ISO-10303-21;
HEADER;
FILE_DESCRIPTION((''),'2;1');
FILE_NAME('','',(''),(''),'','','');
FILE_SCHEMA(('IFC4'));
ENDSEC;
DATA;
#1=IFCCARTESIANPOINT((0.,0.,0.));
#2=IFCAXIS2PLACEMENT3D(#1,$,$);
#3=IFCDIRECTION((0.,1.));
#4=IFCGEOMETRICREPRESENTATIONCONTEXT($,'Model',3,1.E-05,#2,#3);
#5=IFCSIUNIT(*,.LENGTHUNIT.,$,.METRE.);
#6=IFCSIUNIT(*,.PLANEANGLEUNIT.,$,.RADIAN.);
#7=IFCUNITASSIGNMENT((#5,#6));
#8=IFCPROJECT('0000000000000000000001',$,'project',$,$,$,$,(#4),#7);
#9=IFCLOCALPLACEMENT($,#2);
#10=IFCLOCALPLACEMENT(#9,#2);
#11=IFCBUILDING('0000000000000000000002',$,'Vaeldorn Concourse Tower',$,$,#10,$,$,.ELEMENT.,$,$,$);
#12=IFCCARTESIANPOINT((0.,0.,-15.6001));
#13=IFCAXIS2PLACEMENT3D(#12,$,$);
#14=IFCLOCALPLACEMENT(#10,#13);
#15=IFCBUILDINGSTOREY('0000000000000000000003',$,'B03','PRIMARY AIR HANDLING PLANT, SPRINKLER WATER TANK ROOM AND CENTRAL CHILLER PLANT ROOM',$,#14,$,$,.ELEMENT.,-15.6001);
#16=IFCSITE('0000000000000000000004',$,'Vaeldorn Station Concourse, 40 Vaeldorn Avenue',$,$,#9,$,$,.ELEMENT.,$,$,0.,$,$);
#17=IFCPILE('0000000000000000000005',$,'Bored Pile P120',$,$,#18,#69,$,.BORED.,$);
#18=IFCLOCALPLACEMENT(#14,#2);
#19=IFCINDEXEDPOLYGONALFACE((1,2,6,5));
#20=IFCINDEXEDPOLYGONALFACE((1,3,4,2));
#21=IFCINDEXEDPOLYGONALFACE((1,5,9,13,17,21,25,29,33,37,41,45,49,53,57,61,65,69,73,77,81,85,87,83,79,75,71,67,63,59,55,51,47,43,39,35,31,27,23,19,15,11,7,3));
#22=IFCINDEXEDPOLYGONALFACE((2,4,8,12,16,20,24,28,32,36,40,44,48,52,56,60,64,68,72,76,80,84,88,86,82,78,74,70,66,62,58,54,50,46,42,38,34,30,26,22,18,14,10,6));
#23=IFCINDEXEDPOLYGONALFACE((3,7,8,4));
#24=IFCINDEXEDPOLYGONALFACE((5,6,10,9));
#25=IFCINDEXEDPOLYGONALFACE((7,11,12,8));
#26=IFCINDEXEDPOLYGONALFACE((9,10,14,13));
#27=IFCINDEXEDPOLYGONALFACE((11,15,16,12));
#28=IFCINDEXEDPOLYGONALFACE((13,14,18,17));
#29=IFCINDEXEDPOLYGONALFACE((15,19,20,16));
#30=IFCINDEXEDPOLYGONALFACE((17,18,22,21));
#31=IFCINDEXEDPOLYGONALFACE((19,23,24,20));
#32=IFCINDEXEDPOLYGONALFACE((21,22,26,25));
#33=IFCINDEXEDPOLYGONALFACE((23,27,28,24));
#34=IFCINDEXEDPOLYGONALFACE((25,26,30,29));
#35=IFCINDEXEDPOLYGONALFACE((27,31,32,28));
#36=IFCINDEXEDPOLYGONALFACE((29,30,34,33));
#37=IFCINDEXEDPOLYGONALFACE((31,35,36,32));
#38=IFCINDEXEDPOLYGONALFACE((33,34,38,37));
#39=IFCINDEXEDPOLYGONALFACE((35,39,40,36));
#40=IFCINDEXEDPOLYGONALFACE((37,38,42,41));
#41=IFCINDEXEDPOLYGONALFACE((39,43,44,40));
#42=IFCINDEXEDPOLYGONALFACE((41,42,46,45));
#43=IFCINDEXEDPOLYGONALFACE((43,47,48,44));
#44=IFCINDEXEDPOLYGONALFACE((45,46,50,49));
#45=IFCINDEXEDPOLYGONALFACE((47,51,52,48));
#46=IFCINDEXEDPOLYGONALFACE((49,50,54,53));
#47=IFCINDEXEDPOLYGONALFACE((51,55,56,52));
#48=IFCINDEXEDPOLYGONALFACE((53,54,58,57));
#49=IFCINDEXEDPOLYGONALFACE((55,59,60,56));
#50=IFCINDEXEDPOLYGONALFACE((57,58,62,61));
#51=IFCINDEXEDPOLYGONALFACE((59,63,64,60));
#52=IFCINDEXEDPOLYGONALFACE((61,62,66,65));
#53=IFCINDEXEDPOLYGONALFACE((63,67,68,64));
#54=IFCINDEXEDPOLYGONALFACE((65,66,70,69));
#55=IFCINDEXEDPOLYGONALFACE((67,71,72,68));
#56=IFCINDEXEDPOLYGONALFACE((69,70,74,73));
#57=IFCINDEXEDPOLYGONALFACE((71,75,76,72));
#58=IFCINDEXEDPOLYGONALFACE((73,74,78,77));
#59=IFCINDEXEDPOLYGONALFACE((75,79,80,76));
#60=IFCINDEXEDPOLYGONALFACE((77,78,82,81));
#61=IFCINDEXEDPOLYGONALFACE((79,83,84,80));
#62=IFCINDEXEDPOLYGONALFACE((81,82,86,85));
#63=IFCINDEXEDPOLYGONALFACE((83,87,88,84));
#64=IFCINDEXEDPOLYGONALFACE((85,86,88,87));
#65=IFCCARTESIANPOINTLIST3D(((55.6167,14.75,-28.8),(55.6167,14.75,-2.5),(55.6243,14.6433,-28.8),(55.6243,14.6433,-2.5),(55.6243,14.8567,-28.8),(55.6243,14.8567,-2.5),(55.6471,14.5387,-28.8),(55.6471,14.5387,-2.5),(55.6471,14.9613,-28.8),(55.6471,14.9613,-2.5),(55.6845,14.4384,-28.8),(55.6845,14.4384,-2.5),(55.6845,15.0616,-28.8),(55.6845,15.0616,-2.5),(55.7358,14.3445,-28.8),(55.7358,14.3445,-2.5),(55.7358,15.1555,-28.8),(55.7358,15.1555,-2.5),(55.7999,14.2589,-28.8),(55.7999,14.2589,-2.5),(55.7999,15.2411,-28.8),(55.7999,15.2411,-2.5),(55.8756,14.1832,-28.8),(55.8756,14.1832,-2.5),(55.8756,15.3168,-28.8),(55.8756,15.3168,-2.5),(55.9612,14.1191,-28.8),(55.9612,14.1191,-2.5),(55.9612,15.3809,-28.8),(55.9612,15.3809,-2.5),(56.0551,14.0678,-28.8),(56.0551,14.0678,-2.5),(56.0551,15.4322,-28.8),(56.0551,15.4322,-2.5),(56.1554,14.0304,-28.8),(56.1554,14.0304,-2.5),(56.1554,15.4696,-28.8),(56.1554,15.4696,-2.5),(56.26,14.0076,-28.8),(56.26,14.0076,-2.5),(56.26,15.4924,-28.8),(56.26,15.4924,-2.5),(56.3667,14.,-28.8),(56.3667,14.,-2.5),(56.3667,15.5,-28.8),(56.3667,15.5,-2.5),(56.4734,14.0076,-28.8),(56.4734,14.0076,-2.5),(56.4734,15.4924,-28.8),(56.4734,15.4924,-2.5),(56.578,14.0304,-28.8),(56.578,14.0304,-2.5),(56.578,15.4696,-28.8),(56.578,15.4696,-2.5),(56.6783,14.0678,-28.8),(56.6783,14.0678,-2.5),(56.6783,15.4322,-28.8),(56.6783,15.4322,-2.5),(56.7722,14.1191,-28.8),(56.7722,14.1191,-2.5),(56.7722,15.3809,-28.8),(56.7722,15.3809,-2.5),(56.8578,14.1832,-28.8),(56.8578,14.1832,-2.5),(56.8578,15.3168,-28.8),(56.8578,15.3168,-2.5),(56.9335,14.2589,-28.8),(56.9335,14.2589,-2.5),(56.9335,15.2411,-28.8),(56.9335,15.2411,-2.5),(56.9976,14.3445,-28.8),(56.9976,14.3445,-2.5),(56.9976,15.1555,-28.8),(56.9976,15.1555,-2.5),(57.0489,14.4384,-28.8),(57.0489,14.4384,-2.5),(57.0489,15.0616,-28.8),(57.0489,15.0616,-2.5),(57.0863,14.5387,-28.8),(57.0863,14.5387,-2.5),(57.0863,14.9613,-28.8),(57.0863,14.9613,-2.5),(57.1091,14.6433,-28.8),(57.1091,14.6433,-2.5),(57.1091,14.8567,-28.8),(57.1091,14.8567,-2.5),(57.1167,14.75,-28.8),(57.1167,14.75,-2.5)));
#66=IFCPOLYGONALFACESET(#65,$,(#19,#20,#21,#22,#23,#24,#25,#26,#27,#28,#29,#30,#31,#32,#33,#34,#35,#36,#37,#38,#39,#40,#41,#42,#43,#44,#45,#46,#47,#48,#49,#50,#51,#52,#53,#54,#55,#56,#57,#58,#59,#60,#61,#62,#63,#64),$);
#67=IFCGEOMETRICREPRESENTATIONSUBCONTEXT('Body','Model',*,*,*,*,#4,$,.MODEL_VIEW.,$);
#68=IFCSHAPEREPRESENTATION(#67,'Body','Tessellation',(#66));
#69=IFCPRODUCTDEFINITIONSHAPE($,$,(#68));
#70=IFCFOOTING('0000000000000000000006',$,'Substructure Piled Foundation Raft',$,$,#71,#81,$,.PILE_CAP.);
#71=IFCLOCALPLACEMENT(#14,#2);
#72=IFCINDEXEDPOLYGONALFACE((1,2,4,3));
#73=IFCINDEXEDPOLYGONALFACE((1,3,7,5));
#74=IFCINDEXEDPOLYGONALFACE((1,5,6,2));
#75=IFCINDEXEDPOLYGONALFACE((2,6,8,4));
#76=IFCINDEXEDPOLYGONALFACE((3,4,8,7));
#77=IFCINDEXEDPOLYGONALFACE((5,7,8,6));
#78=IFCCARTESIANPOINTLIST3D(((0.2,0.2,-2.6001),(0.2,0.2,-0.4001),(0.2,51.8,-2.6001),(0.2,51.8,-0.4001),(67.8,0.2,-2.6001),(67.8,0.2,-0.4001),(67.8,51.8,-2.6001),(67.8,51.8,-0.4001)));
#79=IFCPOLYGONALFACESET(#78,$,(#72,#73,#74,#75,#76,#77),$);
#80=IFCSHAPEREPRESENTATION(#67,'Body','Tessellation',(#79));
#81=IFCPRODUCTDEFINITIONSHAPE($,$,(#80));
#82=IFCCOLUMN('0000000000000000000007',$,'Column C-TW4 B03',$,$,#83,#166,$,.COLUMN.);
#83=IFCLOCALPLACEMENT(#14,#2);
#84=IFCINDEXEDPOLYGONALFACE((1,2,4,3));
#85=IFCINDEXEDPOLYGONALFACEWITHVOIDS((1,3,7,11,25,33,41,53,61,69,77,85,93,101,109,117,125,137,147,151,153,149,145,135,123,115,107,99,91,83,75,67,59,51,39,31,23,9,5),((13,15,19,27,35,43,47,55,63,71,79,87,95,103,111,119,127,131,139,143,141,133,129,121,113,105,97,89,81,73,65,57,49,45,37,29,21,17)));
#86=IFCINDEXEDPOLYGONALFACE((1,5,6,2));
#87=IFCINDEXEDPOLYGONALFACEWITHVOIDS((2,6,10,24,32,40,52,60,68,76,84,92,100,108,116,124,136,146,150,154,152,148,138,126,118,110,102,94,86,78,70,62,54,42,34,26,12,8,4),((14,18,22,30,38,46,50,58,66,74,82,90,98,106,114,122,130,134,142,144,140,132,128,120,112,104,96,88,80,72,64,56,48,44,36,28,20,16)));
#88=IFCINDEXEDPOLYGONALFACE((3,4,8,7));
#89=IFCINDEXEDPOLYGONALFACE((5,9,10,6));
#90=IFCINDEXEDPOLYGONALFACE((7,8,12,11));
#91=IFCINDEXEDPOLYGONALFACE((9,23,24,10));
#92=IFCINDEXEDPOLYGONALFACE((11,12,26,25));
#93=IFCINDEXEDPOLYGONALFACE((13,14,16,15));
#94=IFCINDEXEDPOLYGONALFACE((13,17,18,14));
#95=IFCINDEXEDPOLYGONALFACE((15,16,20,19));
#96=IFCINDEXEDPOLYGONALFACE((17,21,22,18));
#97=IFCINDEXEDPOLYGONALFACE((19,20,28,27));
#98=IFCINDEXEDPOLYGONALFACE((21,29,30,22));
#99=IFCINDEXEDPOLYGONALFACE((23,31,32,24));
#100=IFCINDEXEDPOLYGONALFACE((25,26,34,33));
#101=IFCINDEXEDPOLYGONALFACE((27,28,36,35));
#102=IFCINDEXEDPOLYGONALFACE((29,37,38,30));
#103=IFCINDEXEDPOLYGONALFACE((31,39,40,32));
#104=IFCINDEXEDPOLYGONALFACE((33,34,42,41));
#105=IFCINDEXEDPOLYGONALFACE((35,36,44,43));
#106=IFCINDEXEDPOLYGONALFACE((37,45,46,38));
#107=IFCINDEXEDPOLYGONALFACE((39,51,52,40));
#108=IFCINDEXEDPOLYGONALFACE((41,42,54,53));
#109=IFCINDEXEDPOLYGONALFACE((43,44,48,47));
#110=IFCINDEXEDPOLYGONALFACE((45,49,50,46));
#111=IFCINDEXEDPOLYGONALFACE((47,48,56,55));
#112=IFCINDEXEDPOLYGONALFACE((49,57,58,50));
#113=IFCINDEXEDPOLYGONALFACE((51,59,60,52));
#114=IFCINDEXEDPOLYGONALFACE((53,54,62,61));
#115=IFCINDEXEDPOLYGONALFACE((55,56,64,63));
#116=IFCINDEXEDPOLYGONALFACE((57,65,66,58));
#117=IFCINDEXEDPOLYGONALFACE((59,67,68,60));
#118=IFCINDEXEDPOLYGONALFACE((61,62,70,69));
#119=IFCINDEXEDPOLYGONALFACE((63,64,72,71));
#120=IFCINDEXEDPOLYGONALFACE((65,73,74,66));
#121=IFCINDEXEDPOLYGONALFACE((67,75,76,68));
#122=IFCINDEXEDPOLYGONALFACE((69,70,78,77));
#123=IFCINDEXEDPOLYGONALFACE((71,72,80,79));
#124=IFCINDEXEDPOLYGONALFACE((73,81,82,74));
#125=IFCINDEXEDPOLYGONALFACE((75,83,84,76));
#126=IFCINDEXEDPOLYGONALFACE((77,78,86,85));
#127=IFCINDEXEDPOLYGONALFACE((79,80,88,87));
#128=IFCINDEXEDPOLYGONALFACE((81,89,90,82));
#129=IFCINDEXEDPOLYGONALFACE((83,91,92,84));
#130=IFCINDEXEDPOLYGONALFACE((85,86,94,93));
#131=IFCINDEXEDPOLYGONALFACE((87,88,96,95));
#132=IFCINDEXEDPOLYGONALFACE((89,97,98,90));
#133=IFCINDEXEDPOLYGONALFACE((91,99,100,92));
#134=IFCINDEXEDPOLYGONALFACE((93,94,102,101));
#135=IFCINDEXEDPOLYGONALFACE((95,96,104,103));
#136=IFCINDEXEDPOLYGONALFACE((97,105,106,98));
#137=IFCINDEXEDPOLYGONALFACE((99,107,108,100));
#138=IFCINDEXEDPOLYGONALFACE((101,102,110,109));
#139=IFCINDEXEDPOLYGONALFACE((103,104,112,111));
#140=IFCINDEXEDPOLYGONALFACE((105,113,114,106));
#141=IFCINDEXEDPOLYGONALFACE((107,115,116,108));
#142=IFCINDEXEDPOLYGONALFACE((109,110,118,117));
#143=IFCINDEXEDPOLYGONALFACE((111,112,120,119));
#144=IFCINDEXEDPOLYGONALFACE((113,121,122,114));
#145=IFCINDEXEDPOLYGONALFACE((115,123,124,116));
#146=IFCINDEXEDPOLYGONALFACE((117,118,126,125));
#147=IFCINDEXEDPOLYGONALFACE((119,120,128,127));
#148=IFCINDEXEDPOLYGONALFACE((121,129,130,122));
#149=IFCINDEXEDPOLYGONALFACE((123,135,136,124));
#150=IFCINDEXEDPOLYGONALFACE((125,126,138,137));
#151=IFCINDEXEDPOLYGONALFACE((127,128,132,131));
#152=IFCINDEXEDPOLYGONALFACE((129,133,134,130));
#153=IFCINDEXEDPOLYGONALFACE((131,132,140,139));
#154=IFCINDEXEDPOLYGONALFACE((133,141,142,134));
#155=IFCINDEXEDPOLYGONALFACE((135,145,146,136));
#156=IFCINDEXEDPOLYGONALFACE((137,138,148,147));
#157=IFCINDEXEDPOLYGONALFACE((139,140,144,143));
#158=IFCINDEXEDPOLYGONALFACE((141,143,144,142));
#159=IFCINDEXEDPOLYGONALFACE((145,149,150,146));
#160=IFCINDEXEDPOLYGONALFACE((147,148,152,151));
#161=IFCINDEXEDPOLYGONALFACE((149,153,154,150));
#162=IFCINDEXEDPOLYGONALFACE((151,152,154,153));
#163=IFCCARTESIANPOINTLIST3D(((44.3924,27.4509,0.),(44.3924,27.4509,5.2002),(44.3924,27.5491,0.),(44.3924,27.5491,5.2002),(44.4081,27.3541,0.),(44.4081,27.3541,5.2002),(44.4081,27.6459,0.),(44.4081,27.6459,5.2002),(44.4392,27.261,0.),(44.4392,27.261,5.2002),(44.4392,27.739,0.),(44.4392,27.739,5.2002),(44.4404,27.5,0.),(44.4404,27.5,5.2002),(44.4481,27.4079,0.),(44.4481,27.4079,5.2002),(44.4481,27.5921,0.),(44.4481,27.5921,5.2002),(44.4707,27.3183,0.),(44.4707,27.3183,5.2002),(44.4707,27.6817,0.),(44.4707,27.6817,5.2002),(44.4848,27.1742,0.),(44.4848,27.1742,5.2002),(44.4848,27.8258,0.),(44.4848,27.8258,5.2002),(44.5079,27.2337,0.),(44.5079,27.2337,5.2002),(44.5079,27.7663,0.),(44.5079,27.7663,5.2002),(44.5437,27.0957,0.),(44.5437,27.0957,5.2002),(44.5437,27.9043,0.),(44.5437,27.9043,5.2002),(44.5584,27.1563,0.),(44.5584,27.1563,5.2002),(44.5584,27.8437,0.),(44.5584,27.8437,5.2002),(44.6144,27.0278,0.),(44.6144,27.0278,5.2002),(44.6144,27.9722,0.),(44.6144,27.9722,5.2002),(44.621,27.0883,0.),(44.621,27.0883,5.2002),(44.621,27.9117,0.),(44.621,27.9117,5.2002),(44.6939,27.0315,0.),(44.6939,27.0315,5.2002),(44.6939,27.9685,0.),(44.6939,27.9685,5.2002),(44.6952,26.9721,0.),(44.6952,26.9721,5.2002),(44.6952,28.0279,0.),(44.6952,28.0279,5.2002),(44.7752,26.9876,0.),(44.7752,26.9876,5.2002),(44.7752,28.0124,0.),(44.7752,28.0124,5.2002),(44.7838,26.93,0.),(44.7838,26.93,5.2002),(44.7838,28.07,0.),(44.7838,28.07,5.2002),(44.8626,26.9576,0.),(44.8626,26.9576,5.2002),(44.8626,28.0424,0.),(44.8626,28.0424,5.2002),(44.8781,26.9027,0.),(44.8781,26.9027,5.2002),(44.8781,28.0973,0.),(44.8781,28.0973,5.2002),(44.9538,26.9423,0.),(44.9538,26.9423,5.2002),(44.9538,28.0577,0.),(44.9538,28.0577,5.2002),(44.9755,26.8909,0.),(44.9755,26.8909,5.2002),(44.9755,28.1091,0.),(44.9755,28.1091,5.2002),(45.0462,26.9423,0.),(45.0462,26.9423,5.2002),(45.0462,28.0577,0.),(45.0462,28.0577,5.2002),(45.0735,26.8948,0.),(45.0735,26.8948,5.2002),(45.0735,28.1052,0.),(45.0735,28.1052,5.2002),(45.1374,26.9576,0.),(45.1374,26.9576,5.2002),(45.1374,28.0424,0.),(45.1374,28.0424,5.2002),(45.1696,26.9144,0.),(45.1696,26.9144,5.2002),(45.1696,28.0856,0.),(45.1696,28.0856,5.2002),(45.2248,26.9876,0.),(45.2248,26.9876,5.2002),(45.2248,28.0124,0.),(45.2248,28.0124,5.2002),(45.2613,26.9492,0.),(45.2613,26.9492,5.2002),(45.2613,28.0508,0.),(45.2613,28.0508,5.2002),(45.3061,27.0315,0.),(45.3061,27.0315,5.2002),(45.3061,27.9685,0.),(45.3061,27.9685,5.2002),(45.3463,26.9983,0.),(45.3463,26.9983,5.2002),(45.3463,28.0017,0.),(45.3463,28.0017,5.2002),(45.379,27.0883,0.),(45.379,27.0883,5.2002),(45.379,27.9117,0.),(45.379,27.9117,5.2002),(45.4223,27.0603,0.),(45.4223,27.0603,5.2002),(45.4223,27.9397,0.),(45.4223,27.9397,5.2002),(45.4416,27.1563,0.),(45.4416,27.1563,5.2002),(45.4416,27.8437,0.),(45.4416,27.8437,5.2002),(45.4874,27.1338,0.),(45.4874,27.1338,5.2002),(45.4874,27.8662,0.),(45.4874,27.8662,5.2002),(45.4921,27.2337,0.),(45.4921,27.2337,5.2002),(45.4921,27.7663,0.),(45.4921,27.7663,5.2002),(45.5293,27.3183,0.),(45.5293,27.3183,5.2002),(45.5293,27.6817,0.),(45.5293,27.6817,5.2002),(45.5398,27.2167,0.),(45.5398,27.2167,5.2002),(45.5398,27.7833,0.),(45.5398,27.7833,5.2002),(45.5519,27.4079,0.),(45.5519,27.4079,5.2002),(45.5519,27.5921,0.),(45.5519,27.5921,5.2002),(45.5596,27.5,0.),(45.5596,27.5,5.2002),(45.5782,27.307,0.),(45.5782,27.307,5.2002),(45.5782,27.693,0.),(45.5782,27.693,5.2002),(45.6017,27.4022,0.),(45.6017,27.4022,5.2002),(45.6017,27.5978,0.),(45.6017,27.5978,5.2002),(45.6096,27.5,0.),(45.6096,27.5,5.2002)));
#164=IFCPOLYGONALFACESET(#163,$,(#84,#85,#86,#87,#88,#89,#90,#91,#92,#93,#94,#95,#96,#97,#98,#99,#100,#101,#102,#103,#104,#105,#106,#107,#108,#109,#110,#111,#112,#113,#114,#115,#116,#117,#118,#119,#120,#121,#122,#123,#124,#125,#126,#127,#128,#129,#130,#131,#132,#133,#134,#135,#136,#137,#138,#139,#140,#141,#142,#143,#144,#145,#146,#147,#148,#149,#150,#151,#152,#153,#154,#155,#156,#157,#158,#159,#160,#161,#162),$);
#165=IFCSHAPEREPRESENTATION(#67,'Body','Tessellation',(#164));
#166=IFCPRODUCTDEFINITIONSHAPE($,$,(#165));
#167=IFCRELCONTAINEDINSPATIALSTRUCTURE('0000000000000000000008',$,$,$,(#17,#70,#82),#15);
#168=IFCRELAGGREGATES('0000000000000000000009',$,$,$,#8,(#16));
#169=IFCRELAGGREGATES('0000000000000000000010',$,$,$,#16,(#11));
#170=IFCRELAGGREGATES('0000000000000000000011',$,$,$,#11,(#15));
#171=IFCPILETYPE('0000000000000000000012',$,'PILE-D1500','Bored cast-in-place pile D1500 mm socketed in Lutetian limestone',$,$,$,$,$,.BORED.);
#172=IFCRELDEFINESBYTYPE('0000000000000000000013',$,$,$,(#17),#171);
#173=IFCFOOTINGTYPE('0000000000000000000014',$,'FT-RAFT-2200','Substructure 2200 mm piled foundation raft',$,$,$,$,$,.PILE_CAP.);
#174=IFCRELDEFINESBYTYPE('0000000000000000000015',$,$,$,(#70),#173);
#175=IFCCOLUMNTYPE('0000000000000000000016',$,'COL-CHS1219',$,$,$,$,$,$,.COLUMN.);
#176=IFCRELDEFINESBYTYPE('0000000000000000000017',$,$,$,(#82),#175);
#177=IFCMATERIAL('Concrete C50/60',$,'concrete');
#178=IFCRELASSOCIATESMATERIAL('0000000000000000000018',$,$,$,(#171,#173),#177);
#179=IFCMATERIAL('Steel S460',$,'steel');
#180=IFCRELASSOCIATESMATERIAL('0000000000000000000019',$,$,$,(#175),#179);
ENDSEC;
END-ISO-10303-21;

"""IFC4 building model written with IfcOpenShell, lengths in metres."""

from ifc_helpers import new_model, si_unit, direction, frame, origin, origin_2d, place, context, subcontext, project, spatial, rectangle, circle, hollow_circle, extrude, source, transform, mapped, material, material_profile, profile_set, type_object, element, save


model = new_model("IFC4")

# Units and contexts
model_context = context("Model", 3, precision=1e-05, world=origin(), true_north=direction((0.0, 1.0)))
body_context = subcontext(model_context, "Body", "Model", "MODEL_VIEW")
ifc_project = project(units=[si_unit("LENGTHUNIT", "METRE"), si_unit("PLANEANGLEUNIT", "RADIAN")], contexts=[model_context])

# Site, building, storey
site_placement = place(None, origin())
site = spatial("IfcSite", under=ifc_project, at=site_placement, Name="Vaeldorn Station Concourse, 40 Vaeldorn Avenue", CompositionType="ELEMENT", RefElevation=0.0)
building_placement = place(site_placement, origin())
building = spatial("IfcBuilding", under=site, at=building_placement, Name="Vaeldorn Concourse Tower", CompositionType="ELEMENT")
storey_placement = place(building_placement, frame((0.0, 0.0, -15.6001)))
storey = spatial("IfcBuildingStorey", under=building, at=storey_placement, Name="B03", Description="PRIMARY AIR HANDLING PLANT, SPRINKLER WATER TANK ROOM AND CENTRAL CHILLER PLANT ROOM", CompositionType="ELEMENT", Elevation=-15.6001)

# Pile
ifc_material_1 = material(Name="Concrete C50/60", Category="concrete")
ifc_material_profile_1 = material_profile(ifc_material_1, circle(Radius=0.75, at=origin_2d()), Name="BORED PILE D1500")
ifc_profile_set_1 = profile_set([ifc_material_profile_1], Name="Concrete C50/60")
pile_type = type_object("IfcPileType", Name="PILE-D1500", Description="Bored cast-in-place pile D1500 mm socketed in Lutetian limestone", PredefinedType="BORED", material=ifc_profile_set_1)
for number, where, z_axis, x_axis, name in (
    (1, (56.3667, 14.75, -2.5), (0.0, 0.0, -1.0), (1.0, 0.0, 0.0), "Bored Pile P120"),
):
    element("IfcPile", number, at=place(storey_placement, frame(where, z_axis=z_axis, x_axis=x_axis)), inside=storey, type_object=pile_type, Name=name, PredefinedType="BORED", context=body_context, shape_type="SweptSolid", body=[
        extrude(circle(Radius=0.75, at=origin_2d()), origin(), (0.0, 0.0, 1.0), 26.3),
    ])

# Footing
footing_type = type_object("IfcFootingType", Name="FT-RAFT-2200", Description="Substructure 2200 mm piled foundation raft", PredefinedType="PILE_CAP", material=ifc_material_1)
shared_shape_1 = source(origin(), body_context, "Body", "SweptSolid", [
    extrude(rectangle(XDim=67.6001, YDim=51.6001, at=origin_2d()), origin(), (0.0, 0.0, 1.0), 2.2),
])
footing_placement = place(storey_placement, frame((34.0, 26.0, -2.6001), z_axis=(0.0, 0.0, 1.0), x_axis=(1.0, 0.0, 0.0)))
element("IfcFooting", 2, at=footing_placement, inside=storey, type_object=footing_type, Name="Substructure Piled Foundation Raft", PredefinedType="PILE_CAP", context=body_context, shape_type="MappedRepresentation", body=[
    mapped(shared_shape_1, transform((0.0, 0.0, 0.0), scale=1.0)),
])

# Column
ifc_material_2 = material(Name="Steel S460", Category="steel")
ifc_material_profile_2 = material_profile(ifc_material_2, hollow_circle(Radius=0.6096, WallThickness=0.05, at=origin_2d()), Name="CHS 1219x50")
ifc_profile_set_2 = profile_set([ifc_material_profile_2], Name="Steel S460")
column_type = type_object("IfcColumnType", Name="COL-CHS1219", PredefinedType="COLUMN", material=ifc_profile_set_2)
shared_shape_2 = source(origin(), body_context, "Body", "SweptSolid", [
    extrude(hollow_circle(Radius=0.6096, WallThickness=0.05, at=origin_2d()), origin(), (0.0, 0.0, 1.0), 5.2002),
])
column_placement = place(storey_placement, frame((45.0, 27.5, 0.0), z_axis=(0.0, 0.0, 1.0), x_axis=(1.0, 0.0, 0.0)))
element("IfcColumn", 3, at=column_placement, inside=storey, type_object=column_type, Name="Column C-TW4 B03", PredefinedType="COLUMN", context=body_context, shape_type="MappedRepresentation", body=[
    mapped(shared_shape_2, transform((0.0, 0.0, 0.0), scale=1.0)),
])

save(model, "model.ifc")
